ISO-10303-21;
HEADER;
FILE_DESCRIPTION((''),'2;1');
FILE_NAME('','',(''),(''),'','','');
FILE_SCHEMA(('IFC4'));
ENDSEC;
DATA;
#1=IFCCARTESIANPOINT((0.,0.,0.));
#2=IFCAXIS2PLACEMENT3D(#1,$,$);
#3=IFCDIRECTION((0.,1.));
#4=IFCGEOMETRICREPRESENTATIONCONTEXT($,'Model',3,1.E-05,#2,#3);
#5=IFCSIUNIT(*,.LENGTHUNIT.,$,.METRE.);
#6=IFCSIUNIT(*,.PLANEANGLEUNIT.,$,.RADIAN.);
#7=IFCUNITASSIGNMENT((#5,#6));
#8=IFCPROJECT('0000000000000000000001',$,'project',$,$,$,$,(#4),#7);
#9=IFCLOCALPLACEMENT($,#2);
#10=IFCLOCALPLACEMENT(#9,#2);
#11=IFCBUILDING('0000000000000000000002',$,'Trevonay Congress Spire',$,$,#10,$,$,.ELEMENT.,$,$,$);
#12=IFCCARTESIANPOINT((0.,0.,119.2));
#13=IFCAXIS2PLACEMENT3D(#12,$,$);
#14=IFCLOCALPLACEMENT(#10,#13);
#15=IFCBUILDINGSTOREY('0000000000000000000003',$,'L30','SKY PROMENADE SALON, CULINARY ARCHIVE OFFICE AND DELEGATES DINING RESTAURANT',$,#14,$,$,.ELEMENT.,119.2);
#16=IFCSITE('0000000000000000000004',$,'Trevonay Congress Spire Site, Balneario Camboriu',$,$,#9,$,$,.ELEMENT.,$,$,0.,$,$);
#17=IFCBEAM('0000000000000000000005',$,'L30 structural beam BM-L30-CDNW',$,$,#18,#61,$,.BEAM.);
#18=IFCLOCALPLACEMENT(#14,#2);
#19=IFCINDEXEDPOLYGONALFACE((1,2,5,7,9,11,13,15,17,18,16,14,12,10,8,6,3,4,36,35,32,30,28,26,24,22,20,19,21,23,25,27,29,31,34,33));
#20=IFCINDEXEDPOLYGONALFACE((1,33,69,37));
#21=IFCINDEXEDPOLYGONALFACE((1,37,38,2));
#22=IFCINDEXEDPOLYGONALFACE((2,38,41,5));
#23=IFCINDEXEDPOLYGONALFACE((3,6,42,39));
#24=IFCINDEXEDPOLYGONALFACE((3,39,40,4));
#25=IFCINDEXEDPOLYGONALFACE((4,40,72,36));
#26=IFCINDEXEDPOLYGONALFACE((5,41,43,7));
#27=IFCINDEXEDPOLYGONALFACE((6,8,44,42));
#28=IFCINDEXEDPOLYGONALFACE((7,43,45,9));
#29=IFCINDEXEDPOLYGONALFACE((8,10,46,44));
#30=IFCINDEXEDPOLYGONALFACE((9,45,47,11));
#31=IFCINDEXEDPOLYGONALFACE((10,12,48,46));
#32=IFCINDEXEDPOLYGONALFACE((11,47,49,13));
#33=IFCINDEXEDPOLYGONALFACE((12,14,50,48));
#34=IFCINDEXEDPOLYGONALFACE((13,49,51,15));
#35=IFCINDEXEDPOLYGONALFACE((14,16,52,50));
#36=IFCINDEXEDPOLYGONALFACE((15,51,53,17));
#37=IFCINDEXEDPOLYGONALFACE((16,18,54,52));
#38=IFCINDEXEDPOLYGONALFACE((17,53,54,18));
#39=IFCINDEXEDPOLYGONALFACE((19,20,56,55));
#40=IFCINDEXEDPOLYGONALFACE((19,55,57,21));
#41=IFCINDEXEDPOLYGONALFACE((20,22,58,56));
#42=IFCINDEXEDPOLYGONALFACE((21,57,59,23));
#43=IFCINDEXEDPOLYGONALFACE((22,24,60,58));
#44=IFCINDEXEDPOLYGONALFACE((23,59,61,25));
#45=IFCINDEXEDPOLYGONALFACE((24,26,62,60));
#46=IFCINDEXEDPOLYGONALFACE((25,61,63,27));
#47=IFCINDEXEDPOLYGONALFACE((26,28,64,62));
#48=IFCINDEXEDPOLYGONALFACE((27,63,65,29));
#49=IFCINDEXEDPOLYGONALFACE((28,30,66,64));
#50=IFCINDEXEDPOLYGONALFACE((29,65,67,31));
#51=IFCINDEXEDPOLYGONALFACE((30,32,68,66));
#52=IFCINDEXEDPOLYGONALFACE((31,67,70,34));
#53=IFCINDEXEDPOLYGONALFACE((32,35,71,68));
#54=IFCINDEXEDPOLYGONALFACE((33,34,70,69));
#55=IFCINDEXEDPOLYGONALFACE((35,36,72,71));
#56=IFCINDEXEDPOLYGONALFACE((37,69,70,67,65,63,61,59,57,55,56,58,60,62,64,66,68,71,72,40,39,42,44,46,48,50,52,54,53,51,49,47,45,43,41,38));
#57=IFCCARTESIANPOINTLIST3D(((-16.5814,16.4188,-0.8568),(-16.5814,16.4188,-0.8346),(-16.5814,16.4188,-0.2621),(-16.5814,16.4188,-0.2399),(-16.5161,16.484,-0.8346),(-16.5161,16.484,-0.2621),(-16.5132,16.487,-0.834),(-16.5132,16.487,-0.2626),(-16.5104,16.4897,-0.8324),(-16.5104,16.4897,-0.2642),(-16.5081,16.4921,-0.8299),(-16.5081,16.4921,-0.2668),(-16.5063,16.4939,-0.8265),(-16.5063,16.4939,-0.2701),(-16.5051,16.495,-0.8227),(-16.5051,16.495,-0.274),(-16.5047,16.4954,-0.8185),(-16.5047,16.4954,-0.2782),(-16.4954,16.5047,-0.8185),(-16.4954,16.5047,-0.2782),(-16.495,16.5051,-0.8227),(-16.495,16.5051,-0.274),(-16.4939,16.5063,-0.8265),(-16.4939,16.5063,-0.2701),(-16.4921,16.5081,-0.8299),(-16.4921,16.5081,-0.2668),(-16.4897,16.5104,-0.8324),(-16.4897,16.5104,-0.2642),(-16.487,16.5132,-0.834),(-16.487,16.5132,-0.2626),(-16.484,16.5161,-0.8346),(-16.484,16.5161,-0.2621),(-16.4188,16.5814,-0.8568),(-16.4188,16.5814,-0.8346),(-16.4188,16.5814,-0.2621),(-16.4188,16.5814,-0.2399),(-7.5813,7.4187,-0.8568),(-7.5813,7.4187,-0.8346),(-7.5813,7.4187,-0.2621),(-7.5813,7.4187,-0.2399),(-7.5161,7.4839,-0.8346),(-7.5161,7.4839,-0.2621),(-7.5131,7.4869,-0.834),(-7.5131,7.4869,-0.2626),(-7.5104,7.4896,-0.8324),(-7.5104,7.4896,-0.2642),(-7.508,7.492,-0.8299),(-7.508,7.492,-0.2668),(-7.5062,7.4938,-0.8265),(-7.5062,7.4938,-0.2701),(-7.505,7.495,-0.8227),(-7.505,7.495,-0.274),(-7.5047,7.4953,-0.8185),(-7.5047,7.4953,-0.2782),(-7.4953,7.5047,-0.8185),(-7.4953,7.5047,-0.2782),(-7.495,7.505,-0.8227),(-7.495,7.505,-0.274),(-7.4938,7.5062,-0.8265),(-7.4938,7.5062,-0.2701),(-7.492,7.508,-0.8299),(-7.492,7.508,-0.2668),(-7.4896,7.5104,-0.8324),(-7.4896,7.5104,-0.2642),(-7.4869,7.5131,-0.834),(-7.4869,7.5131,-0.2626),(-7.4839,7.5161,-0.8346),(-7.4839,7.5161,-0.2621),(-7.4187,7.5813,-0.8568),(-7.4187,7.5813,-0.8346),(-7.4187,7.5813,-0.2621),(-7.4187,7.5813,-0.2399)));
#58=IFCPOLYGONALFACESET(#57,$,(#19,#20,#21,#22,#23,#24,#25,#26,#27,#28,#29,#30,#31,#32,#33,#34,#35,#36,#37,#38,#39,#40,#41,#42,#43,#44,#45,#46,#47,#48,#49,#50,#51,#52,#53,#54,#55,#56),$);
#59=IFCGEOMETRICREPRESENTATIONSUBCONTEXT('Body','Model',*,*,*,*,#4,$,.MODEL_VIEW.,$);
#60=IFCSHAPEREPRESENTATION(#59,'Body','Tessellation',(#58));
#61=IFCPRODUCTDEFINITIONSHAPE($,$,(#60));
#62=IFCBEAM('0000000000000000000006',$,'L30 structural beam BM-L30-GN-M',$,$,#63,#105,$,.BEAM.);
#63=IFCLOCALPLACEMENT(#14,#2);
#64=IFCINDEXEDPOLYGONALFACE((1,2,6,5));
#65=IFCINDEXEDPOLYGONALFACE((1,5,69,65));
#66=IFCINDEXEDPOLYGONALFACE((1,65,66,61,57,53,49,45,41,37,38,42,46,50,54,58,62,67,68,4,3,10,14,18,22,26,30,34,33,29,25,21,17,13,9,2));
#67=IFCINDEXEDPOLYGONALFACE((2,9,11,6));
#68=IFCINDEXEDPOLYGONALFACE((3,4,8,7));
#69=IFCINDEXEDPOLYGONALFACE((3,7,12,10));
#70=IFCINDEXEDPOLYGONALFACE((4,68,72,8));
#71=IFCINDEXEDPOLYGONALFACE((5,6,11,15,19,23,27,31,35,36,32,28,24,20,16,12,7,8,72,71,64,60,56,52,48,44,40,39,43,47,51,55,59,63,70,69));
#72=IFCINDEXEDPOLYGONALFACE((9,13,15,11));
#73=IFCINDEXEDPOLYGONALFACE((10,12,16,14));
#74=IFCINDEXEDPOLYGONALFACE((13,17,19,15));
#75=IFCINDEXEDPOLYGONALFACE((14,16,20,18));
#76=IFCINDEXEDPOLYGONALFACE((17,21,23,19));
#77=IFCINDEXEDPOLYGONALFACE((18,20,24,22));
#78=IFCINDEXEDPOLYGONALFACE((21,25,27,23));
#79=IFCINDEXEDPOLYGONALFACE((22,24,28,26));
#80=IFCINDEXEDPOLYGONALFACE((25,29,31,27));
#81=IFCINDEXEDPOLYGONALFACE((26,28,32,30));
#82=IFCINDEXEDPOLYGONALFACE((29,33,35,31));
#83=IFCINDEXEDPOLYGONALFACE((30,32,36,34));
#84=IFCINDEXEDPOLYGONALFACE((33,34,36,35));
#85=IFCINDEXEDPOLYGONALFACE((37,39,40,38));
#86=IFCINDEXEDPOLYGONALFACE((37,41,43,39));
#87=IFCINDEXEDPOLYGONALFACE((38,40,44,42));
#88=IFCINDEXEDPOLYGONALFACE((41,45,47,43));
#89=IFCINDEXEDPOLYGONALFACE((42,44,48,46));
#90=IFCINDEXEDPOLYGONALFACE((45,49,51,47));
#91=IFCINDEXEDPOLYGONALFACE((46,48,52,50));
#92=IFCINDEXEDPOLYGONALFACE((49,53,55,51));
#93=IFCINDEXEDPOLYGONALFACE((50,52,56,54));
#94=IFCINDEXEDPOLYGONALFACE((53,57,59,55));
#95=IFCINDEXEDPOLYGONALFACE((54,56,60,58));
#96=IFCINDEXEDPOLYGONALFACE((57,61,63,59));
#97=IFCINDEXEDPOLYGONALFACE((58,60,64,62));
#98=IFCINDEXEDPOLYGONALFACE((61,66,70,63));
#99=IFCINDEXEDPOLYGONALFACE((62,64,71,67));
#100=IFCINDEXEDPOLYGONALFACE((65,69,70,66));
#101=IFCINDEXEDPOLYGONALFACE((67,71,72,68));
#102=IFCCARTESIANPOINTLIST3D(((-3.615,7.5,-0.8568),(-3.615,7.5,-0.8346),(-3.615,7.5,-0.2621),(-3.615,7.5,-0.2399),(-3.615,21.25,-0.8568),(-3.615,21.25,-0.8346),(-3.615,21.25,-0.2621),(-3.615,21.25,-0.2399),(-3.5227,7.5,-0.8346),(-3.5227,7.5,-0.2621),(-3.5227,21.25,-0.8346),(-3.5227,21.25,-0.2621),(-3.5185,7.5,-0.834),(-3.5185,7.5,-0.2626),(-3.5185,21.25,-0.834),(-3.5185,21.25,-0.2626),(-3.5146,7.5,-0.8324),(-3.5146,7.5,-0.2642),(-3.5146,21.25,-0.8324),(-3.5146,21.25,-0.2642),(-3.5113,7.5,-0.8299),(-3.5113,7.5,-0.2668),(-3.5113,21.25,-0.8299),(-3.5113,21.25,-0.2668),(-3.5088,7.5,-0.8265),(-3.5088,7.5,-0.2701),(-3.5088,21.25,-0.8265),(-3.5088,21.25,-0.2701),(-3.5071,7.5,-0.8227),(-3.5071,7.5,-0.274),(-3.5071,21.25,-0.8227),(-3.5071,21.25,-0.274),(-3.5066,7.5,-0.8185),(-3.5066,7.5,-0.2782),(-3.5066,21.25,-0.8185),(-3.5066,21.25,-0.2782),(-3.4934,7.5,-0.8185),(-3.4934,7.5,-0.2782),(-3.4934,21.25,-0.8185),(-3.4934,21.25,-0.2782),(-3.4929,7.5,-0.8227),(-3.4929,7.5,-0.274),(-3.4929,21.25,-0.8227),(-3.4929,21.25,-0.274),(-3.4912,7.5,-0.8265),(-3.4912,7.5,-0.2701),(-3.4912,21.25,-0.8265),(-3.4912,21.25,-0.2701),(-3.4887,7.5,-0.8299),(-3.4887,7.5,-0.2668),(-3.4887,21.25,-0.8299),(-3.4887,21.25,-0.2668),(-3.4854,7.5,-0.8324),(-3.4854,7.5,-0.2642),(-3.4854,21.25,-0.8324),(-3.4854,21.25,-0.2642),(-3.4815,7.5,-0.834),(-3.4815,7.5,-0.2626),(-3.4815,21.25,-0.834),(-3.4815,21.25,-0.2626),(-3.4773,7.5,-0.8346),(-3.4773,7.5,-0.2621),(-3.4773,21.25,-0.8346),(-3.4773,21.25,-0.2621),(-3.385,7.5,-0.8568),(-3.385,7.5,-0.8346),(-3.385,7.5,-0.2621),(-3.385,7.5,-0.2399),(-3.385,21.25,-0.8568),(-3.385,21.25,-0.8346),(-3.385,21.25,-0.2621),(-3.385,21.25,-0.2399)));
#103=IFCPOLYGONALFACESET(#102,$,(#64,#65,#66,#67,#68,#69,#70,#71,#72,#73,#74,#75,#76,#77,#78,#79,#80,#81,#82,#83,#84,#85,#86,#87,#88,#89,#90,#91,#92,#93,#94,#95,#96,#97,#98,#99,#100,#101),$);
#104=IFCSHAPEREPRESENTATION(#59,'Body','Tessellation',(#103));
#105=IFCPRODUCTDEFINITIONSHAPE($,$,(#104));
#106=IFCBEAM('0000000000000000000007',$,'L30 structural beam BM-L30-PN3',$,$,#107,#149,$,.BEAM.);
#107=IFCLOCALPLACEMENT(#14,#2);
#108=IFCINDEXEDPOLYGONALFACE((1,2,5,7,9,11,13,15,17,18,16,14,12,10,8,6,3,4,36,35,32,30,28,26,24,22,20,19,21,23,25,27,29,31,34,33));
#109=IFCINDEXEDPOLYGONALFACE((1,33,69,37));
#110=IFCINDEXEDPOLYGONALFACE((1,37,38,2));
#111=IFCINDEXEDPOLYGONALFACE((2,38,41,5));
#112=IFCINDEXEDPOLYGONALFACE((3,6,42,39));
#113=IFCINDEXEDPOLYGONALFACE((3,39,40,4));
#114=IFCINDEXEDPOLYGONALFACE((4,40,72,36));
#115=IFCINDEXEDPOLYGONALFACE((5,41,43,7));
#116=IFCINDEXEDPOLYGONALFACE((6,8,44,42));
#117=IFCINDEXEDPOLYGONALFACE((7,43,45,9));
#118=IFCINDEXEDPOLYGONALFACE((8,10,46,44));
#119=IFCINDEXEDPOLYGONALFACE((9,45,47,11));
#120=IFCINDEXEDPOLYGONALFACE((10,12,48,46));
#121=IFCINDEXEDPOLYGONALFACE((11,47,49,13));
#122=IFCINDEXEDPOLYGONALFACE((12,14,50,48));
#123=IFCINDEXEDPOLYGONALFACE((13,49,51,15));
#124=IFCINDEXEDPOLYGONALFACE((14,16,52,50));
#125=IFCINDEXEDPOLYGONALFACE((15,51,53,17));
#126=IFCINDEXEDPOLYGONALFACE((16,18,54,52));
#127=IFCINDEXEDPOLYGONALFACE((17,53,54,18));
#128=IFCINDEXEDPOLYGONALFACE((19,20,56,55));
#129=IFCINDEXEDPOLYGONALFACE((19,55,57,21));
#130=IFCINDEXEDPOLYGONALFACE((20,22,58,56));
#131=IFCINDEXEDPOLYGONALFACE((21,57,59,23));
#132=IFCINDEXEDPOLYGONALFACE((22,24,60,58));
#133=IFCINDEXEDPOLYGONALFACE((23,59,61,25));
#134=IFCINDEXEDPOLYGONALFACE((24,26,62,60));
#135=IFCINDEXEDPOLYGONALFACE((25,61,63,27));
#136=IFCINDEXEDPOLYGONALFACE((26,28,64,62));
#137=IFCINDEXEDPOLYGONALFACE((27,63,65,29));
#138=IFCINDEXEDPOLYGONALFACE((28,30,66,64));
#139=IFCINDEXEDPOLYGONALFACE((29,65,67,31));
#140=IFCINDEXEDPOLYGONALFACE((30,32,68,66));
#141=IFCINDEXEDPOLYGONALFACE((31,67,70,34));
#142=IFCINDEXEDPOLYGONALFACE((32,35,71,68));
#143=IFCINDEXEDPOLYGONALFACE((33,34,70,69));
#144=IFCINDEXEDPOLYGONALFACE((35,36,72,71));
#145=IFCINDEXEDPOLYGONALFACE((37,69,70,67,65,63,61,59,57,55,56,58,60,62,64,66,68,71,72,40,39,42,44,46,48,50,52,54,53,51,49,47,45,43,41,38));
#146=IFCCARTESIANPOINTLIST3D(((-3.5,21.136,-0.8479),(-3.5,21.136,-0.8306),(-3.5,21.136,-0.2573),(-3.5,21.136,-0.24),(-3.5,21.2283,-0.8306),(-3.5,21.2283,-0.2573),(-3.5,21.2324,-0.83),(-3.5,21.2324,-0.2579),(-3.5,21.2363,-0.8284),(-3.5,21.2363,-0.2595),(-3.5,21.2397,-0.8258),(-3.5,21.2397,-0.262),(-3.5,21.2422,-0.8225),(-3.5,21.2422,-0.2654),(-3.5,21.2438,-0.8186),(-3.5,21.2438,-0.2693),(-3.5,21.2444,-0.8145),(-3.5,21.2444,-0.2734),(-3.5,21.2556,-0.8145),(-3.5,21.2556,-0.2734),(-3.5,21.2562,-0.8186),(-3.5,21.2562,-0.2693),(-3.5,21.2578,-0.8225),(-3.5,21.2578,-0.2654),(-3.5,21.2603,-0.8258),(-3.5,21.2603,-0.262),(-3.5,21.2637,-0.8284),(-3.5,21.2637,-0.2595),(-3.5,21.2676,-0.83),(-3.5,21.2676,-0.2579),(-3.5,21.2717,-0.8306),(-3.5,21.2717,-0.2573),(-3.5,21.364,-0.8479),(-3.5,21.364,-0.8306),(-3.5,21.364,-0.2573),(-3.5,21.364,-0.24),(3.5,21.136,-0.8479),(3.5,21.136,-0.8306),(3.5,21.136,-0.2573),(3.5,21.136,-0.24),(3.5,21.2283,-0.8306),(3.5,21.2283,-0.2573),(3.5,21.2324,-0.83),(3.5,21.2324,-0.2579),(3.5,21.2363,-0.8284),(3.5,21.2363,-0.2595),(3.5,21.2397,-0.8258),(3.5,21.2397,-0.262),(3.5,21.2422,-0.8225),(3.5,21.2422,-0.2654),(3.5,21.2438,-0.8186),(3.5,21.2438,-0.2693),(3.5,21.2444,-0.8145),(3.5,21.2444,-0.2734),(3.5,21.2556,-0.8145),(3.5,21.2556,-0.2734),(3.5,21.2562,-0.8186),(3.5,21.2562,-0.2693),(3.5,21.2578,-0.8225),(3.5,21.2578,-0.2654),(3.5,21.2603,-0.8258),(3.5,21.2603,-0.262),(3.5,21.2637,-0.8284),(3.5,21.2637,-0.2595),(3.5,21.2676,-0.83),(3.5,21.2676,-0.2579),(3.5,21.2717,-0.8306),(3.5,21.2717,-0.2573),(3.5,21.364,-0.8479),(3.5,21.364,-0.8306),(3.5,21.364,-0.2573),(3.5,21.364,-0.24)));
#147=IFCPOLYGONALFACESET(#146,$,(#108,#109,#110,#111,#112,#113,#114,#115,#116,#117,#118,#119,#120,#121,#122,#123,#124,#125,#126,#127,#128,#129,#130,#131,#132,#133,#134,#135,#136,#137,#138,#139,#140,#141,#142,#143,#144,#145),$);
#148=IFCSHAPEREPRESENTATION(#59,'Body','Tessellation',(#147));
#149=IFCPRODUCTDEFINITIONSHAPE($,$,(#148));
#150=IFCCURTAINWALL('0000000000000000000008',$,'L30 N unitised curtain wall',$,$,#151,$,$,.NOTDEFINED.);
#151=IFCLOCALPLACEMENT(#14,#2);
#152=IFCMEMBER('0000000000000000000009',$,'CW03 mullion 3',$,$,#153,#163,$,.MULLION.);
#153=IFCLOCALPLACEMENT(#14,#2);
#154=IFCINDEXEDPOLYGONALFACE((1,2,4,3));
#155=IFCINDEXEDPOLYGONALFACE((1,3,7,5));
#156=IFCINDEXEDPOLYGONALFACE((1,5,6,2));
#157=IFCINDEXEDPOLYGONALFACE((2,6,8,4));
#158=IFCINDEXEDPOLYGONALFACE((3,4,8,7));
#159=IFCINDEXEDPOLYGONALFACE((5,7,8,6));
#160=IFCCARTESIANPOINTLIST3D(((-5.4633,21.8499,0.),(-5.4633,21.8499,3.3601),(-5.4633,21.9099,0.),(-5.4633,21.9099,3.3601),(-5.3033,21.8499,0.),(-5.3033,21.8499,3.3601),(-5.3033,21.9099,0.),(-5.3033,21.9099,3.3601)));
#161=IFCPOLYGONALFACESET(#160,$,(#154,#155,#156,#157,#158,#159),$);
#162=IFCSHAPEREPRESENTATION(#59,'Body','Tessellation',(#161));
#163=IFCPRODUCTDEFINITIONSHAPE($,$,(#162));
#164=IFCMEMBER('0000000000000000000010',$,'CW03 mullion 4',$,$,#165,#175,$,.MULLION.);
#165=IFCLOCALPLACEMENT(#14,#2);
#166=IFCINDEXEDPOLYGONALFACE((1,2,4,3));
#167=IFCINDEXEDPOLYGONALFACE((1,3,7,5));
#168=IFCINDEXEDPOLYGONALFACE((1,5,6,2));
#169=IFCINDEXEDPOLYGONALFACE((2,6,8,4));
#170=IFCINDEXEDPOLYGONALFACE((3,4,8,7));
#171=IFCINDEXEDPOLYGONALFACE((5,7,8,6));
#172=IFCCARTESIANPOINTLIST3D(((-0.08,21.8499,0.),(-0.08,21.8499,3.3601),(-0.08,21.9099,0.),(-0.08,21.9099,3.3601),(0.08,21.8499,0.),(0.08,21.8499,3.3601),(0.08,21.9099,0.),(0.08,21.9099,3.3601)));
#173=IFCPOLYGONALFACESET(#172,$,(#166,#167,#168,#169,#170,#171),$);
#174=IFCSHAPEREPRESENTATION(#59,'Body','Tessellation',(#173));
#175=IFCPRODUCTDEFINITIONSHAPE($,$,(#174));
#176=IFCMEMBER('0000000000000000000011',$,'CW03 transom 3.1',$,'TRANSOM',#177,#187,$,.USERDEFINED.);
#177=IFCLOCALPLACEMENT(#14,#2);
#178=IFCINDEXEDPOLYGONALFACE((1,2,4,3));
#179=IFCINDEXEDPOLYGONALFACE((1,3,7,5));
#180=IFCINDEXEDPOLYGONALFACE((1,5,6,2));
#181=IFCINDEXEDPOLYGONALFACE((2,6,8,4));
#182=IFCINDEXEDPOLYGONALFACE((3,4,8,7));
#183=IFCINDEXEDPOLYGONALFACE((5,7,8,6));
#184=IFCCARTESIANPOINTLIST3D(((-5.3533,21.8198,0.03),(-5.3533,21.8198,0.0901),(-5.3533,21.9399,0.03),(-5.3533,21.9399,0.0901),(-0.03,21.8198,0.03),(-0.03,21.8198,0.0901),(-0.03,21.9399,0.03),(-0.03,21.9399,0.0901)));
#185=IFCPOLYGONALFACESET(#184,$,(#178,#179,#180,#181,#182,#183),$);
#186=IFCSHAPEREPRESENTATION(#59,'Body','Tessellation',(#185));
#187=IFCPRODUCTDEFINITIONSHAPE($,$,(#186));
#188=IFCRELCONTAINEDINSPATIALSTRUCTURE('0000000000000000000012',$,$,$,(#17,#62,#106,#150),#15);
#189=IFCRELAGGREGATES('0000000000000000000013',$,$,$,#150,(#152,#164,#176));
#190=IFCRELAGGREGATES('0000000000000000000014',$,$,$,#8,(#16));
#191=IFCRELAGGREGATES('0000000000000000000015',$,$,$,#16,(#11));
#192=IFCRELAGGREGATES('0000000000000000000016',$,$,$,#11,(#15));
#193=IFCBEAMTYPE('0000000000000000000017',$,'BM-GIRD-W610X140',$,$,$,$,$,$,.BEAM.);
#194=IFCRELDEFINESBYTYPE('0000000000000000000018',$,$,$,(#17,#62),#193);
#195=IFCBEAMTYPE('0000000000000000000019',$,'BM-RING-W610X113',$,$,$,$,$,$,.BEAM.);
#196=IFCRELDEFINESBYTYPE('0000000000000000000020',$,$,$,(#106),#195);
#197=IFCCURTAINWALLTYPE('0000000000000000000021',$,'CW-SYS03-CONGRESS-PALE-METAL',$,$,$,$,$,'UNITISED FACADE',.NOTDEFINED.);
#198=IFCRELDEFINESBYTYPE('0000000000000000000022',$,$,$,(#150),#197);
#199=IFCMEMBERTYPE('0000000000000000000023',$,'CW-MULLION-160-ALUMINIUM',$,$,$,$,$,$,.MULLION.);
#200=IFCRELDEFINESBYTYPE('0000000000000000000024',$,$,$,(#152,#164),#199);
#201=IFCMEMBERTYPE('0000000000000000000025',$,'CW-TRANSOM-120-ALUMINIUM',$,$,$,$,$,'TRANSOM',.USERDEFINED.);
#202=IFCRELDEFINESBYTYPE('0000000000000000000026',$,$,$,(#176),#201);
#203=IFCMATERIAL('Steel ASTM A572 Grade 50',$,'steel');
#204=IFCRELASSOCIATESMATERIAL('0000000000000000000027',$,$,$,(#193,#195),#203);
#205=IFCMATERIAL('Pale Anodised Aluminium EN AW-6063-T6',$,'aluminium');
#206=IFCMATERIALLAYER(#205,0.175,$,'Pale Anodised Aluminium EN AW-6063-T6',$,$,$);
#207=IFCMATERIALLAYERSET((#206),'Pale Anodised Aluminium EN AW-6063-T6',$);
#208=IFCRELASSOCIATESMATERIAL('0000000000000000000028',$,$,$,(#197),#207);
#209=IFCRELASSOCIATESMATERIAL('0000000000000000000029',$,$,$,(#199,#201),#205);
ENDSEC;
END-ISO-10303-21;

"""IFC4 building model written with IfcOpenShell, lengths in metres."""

from ifc_helpers import new_model, si_unit, direction, frame, origin, origin_2d, place, context, subcontext, project, spatial, rectangle, i_section, extrude, material, layer, layer_set, material_profile, profile_set, type_object, element, aggregate, save


model = new_model("IFC4")

# Units and contexts
model_context = context("Model", 3, precision=1e-05, world=origin(), true_north=direction((0.0, 1.0)))
body_context = subcontext(model_context, "Body", "Model", "MODEL_VIEW")
ifc_project = project(units=[si_unit("LENGTHUNIT", "METRE"), si_unit("PLANEANGLEUNIT", "RADIAN")], contexts=[model_context])

# Site, building, storey
site_placement = place(None, origin())
site = spatial("IfcSite", under=ifc_project, at=site_placement, Name="Trevonay Congress Spire Site, Balneario Camboriu", CompositionType="ELEMENT", RefElevation=0.0)
building_placement = place(site_placement, origin())
building = spatial("IfcBuilding", under=site, at=building_placement, Name="Trevonay Congress Spire", CompositionType="ELEMENT")
storey_placement = place(building_placement, frame((0.0, 0.0, 119.2)))
storey = spatial("IfcBuildingStorey", under=building, at=storey_placement, Name="L30", Description="SKY PROMENADE SALON, CULINARY ARCHIVE OFFICE AND DELEGATES DINING RESTAURANT", CompositionType="ELEMENT", Elevation=119.2)

# Shared definitions
ifc_material_1 = material(Name="Steel ASTM A572 Grade 50", Category="steel")

# Beams
ifc_material_profile_1 = material_profile(ifc_material_1, i_section(OverallWidth=0.23, OverallDepth=0.6169, WebThickness=0.0132, FlangeThickness=0.0222, FilletRadius=0.0161, at=origin_2d()), Name="W610x140")
ifc_profile_set_1 = profile_set([ifc_material_profile_1], Name="Steel ASTM A572 Grade 50")
beam_type_1 = type_object("IfcBeamType", Name="BM-GIRD-W610X140", PredefinedType="BEAM", material=ifc_profile_set_1)
beam_1_placement = place(storey_placement, frame((-7.5, 7.5, -0.5483), z_axis=(-0.707107, 0.707107, 0.0), x_axis=(-0.707107, -0.707107, 0.0)))
element("IfcBeam", 1, at=beam_1_placement, inside=storey, type_object=beam_type_1, Name="L30 structural beam BM-L30-CDNW", PredefinedType="BEAM", context=body_context, shape_type="SweptSolid", body=[
    extrude(i_section(OverallWidth=0.23, OverallDepth=0.6169, WebThickness=0.0132, FlangeThickness=0.0222, FilletRadius=0.0161, at=origin_2d()), origin(), (0.0, 0.0, 1.0), 12.728),
])
beam_2_placement = place(storey_placement, frame((-3.5, 7.5, -0.5483), z_axis=(0.0, 1.0, 0.0), x_axis=(-1.0, 0.0, 0.0)))
element("IfcBeam", 2, at=beam_2_placement, inside=storey, type_object=beam_type_1, Name="L30 structural beam BM-L30-GN-M", PredefinedType="BEAM", context=body_context, shape_type="SweptSolid", body=[
    extrude(i_section(OverallWidth=0.23, OverallDepth=0.6169, WebThickness=0.0132, FlangeThickness=0.0222, FilletRadius=0.0161, at=origin_2d()), origin(), (0.0, 0.0, 1.0), 13.75),
])
ifc_material_profile_2 = material_profile(ifc_material_1, i_section(OverallWidth=0.228, OverallDepth=0.6079, WebThickness=0.0112, FlangeThickness=0.0173, FilletRadius=0.0161, at=origin_2d()), Name="W610x113")
ifc_profile_set_2 = profile_set([ifc_material_profile_2], Name="Steel ASTM A572 Grade 50")
beam_type_2 = type_object("IfcBeamType", Name="BM-RING-W610X113", PredefinedType="BEAM", material=ifc_profile_set_2)
beam_3_placement = place(storey_placement, frame((-3.5, 21.25, -0.5439), z_axis=(1.0, 0.0, 0.0), x_axis=(0.0, 1.0, 0.0)))
element("IfcBeam", 3, at=beam_3_placement, inside=storey, type_object=beam_type_2, Name="L30 structural beam BM-L30-PN3", PredefinedType="BEAM", context=body_context, shape_type="SweptSolid", body=[
    extrude(i_section(OverallWidth=0.228, OverallDepth=0.6079, WebThickness=0.0112, FlangeThickness=0.0173, FilletRadius=0.0161, at=origin_2d()), origin(), (0.0, 0.0, 1.0), 7.0),
])

# Curtain wall, members
ifc_material_2 = material(Name="Pale Anodised Aluminium EN AW-6063-T6", Category="aluminium")
ifc_layer_1 = layer(ifc_material_2, 0.175, Name="Pale Anodised Aluminium EN AW-6063-T6")
ifc_layer_set_1 = layer_set([ifc_layer_1], Name="Pale Anodised Aluminium EN AW-6063-T6")
curtain_wall_type = type_object("IfcCurtainWallType", Name="CW-SYS03-CONGRESS-PALE-METAL", ElementType="UNITISED FACADE", PredefinedType="NOTDEFINED", material=ifc_layer_set_1)
curtain_wall_placement = place(storey_placement, origin())
curtain_wall = element("IfcCurtainWall", 4, at=curtain_wall_placement, inside=storey, type_object=curtain_wall_type, Name="L30 N unitised curtain wall", PredefinedType="NOTDEFINED")
ifc_material_profile_3 = material_profile(ifc_material_2, rectangle(XDim=0.0601, YDim=0.1599, at=origin_2d()), Name="CW-MULLION-160-ALUMINIUM")
ifc_profile_set_3 = profile_set([ifc_material_profile_3], Name="Pale Anodised Aluminium EN AW-6063-T6")
member_type_1 = type_object("IfcMemberType", Name="CW-MULLION-160-ALUMINIUM", PredefinedType="MULLION", material=ifc_profile_set_3)
member_1_placement = place(storey_placement, frame((-5.3833, 21.8799, 0.0), z_axis=(0.0, 0.0, 1.0), x_axis=(0.0, 1.0, 0.0)))
member_1 = element("IfcMember", 5, at=member_1_placement, type_object=member_type_1, Name="CW03 mullion 3", PredefinedType="MULLION", context=body_context, shape_type="SweptSolid", body=[
    extrude(rectangle(XDim=0.0601, YDim=0.1599, at=origin_2d()), origin(), (0.0, 0.0, 1.0), 3.3601),
])
member_2_placement = place(storey_placement, frame((0.0, 21.8799, 0.0), z_axis=(0.0, 0.0, 1.0), x_axis=(0.0, 1.0, 0.0)))
member_2 = element("IfcMember", 6, at=member_2_placement, type_object=member_type_1, Name="CW03 mullion 4", PredefinedType="MULLION", context=body_context, shape_type="SweptSolid", body=[
    extrude(rectangle(XDim=0.0601, YDim=0.1599, at=origin_2d()), origin(), (0.0, 0.0, 1.0), 3.3601),
])
ifc_material_profile_4 = material_profile(ifc_material_2, rectangle(XDim=0.1201, YDim=0.0601, at=origin_2d()), Name="CW-TRANSOM-120-ALUMINIUM")
ifc_profile_set_4 = profile_set([ifc_material_profile_4], Name="Pale Anodised Aluminium EN AW-6063-T6")
member_type_2 = type_object("IfcMemberType", Name="CW-TRANSOM-120-ALUMINIUM", ElementType="TRANSOM", PredefinedType="USERDEFINED", material=ifc_profile_set_4)
member_3_placement = place(storey_placement, frame((-5.3533, 21.8799, 0.0601), z_axis=(1.0, 0.0, 0.0), x_axis=(0.0, 1.0, 0.0)))
member_3 = element("IfcMember", 7, at=member_3_placement, type_object=member_type_2, Name="CW03 transom 3.1", ObjectType="TRANSOM", PredefinedType="USERDEFINED", context=body_context, shape_type="SweptSolid", body=[
    extrude(rectangle(XDim=0.1201, YDim=0.0601, at=origin_2d()), origin(), (0.0, 0.0, 1.0), 5.3232),
])

aggregate(curtain_wall, [member_1, member_2, member_3])

save(model, "model.ifc")
